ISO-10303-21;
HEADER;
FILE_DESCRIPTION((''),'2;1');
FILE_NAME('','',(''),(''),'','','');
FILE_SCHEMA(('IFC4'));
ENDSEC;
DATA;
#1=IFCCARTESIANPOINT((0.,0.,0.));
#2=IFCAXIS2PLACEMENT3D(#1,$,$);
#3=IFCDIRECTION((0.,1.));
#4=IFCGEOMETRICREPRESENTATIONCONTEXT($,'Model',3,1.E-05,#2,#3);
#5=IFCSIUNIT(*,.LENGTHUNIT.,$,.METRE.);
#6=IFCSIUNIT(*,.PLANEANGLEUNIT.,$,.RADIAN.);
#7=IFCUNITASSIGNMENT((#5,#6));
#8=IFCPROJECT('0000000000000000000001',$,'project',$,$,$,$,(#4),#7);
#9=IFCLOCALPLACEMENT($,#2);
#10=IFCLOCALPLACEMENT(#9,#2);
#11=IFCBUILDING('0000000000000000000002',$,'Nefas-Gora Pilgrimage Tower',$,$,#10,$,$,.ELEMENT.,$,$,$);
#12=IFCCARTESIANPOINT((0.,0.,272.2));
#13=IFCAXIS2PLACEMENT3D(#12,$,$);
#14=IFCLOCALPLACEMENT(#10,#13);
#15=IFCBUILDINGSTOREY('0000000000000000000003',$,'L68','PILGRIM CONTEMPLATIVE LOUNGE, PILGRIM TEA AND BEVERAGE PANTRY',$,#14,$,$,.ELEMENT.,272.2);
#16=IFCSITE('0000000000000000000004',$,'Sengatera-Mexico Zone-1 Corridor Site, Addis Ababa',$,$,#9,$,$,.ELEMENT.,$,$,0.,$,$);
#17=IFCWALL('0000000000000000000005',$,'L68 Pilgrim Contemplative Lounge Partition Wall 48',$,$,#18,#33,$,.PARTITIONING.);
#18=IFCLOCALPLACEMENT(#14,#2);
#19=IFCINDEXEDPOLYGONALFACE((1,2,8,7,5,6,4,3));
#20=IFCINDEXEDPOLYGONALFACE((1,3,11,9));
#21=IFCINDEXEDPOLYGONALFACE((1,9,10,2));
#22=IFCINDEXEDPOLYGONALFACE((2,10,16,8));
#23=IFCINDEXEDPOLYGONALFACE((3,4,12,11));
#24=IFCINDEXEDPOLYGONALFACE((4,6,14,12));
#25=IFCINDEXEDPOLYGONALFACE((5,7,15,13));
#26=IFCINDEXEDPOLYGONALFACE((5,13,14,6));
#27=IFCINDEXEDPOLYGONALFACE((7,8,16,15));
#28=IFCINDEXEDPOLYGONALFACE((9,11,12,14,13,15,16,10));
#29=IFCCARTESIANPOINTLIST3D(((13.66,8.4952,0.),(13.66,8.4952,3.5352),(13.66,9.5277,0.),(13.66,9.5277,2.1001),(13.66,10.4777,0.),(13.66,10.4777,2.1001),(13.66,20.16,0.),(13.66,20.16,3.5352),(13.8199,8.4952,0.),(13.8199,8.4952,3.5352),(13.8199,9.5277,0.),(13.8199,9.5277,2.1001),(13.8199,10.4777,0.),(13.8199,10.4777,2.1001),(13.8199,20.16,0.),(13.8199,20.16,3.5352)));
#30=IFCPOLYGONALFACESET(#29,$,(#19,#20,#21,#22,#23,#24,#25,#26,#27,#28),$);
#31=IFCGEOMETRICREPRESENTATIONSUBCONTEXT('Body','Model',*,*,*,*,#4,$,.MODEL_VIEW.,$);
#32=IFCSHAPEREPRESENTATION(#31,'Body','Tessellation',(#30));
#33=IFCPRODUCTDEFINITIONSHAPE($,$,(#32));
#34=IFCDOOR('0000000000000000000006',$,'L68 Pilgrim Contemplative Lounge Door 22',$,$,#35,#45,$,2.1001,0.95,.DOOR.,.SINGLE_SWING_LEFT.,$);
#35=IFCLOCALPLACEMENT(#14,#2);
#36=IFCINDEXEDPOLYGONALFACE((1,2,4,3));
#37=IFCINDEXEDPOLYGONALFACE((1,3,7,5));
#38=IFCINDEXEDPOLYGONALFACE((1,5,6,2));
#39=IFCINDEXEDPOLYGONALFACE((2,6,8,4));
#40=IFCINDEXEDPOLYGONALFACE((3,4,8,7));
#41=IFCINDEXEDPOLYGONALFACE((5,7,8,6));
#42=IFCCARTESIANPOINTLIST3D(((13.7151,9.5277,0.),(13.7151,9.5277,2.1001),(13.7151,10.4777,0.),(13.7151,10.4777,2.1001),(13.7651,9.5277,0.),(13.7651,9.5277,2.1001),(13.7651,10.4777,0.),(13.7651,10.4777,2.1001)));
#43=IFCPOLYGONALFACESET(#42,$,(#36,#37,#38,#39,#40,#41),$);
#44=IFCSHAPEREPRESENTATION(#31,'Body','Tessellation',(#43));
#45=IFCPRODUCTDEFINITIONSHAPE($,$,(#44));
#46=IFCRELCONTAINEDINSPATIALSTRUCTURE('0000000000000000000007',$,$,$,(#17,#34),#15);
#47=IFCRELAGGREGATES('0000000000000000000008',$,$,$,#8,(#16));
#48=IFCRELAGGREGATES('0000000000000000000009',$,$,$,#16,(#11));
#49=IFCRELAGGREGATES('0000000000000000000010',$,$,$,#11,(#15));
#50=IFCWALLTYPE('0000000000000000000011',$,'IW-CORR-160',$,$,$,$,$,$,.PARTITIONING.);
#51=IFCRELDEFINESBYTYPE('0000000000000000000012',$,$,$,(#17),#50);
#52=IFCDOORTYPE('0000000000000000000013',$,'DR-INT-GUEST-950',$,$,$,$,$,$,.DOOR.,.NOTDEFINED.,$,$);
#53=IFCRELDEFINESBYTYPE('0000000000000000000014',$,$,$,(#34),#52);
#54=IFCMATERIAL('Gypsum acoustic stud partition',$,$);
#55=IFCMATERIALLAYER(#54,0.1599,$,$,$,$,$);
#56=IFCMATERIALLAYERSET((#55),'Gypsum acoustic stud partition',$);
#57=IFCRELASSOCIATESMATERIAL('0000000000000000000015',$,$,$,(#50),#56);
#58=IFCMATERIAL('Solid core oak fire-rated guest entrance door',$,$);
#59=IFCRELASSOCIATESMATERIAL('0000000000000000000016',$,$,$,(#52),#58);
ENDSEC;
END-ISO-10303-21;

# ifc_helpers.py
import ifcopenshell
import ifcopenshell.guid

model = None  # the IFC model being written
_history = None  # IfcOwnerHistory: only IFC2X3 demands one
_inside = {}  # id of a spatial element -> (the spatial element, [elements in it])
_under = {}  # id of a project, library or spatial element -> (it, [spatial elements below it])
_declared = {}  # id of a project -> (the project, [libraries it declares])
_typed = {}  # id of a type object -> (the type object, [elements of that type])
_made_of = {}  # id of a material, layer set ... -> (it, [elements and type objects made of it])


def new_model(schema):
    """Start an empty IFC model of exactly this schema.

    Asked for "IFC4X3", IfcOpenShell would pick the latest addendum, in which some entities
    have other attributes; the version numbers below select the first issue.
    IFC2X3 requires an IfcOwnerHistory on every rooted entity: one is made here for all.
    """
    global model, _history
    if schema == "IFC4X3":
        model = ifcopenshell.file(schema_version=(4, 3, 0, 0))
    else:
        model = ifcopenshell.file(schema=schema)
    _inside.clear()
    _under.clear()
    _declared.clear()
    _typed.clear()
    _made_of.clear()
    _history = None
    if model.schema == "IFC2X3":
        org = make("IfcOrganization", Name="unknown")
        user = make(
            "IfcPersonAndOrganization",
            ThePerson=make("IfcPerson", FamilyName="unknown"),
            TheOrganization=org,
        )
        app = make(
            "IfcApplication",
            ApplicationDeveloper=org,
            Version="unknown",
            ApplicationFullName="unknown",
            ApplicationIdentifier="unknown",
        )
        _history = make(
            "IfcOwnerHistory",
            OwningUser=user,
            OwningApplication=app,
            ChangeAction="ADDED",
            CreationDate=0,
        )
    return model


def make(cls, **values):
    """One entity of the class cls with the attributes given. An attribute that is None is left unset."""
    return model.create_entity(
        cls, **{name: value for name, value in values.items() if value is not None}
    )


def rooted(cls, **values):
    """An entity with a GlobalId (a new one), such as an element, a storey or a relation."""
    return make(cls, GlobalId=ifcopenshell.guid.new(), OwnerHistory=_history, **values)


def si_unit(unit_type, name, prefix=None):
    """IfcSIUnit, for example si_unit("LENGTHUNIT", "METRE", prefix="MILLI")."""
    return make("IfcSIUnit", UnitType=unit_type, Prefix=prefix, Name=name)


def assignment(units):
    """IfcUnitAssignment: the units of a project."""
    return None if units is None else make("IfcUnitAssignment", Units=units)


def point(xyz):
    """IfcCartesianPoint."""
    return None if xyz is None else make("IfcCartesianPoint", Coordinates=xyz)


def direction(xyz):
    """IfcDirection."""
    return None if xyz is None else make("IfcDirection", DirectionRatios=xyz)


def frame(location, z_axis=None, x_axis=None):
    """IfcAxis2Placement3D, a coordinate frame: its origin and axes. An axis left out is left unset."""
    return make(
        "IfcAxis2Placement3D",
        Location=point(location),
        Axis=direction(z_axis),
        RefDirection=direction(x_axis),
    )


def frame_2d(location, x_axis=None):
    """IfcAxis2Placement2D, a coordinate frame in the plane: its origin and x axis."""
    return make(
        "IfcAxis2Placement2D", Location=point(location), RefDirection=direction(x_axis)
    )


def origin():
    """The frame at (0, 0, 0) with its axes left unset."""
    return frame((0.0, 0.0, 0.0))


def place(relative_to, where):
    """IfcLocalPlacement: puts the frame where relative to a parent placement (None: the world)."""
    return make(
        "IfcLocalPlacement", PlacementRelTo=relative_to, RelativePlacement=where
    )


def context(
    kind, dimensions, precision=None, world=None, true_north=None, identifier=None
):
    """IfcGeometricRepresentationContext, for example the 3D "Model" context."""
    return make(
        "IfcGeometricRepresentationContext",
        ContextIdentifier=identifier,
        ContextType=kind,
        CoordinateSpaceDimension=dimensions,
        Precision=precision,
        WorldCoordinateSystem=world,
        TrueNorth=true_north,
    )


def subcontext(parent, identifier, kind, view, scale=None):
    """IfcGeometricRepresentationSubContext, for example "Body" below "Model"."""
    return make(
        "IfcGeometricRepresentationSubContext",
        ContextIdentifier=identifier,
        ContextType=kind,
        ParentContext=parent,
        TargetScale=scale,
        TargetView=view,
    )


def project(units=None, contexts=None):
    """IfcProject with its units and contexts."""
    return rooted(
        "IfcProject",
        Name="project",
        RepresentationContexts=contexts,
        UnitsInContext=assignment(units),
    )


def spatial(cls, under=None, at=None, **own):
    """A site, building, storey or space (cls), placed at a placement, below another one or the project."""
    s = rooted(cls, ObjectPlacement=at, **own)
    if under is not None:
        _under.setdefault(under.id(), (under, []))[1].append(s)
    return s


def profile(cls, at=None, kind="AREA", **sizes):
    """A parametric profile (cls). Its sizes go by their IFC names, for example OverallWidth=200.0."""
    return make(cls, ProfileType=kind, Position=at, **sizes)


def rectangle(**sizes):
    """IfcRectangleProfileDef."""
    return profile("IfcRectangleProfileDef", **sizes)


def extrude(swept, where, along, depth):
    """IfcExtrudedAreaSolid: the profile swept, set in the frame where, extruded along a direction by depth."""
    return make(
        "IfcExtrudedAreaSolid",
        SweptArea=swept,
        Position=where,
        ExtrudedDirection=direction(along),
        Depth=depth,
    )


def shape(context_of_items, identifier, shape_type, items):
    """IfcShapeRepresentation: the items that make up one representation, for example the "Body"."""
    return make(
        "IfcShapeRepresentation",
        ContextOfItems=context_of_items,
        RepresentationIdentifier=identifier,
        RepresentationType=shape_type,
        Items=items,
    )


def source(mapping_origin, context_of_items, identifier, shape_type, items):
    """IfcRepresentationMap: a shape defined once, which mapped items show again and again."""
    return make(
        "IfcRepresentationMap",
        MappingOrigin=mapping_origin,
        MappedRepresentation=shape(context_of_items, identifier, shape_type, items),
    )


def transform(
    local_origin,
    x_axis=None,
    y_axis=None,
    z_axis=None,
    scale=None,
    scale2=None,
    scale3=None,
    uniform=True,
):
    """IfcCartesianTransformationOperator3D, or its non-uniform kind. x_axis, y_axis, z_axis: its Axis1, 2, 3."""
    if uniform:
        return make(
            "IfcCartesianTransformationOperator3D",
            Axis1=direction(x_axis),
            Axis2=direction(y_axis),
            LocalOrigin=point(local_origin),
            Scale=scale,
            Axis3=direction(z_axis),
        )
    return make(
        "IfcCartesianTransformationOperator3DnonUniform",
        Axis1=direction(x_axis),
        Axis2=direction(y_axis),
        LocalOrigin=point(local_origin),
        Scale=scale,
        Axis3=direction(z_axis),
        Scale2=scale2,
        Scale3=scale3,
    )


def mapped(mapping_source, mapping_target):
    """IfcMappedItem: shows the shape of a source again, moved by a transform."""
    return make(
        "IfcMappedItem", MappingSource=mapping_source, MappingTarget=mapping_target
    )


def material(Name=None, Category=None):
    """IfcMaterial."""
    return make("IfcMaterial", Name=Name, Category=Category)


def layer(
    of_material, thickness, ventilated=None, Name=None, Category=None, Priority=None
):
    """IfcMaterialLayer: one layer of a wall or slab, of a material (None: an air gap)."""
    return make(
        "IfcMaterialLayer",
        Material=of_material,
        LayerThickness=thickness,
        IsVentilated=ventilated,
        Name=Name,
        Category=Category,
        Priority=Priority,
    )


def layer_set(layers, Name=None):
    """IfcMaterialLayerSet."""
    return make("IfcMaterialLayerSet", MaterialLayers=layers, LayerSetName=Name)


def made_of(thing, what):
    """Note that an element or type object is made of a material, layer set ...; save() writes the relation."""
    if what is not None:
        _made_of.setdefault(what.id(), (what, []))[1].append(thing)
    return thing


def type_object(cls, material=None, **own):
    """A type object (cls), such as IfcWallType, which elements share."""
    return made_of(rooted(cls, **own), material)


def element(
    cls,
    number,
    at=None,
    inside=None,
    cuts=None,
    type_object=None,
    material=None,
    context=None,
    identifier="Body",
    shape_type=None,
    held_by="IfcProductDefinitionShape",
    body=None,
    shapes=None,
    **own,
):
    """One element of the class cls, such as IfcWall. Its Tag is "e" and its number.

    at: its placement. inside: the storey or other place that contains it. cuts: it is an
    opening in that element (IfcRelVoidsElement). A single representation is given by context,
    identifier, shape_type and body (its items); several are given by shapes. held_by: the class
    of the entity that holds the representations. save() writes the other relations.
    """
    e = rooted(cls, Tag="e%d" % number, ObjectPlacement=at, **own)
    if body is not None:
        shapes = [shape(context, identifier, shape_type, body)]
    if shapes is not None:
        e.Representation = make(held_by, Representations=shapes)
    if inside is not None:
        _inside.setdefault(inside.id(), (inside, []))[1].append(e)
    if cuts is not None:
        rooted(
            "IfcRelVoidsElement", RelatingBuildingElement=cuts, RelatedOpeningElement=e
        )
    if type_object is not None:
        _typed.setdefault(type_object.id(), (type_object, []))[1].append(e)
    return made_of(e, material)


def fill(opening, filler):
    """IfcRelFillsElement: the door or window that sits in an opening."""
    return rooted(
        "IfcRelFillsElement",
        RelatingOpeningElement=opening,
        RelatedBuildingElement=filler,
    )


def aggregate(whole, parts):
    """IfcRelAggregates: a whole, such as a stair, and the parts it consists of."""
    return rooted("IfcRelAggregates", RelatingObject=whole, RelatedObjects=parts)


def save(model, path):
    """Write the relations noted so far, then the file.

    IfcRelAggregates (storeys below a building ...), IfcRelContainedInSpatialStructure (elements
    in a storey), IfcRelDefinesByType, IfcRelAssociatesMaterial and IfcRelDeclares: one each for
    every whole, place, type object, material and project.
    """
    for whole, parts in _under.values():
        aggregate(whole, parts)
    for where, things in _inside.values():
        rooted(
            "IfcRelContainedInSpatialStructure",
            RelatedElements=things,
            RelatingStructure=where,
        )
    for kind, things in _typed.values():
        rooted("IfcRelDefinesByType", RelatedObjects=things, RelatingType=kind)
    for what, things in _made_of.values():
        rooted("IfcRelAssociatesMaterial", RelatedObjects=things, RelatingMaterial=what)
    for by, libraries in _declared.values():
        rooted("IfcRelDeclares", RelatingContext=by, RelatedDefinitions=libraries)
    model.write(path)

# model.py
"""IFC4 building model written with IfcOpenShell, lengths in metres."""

from ifc_helpers import new_model, si_unit, direction, frame, frame_2d, origin, place, context, subcontext, project, spatial, rectangle, extrude, source, transform, mapped, material, layer, layer_set, type_object, element, fill, save


model = new_model("IFC4")

# Units and contexts
model_context = context("Model", 3, precision=1e-05, world=origin(), true_north=direction((0.0, 1.0)))
body_context = subcontext(model_context, "Body", "Model", "MODEL_VIEW")
ifc_project = project(units=[si_unit("LENGTHUNIT", "METRE"), si_unit("PLANEANGLEUNIT", "RADIAN")], contexts=[model_context])

# Site, building, storey
site_placement = place(None, origin())
site = spatial("IfcSite", under=ifc_project, at=site_placement, Name="Sengatera-Mexico Zone-1 Corridor Site, Addis Ababa", CompositionType="ELEMENT", RefElevation=0.0)
building_placement = place(site_placement, origin())
building = spatial("IfcBuilding", under=site, at=building_placement, Name="Nefas-Gora Pilgrimage Tower", CompositionType="ELEMENT")
storey_placement = place(building_placement, frame((0.0, 0.0, 272.2)))
storey = spatial("IfcBuildingStorey", under=building, at=storey_placement, Name="L68", Description="PILGRIM CONTEMPLATIVE LOUNGE, PILGRIM TEA AND BEVERAGE PANTRY", CompositionType="ELEMENT", Elevation=272.2)

# Shared definitions
ifc_material_1 = material(Name="Gypsum acoustic stud partition")
ifc_layer_1 = layer(ifc_material_1, 0.1599)
ifc_layer_set_1 = layer_set([ifc_layer_1], Name="Gypsum acoustic stud partition")
wall_type_1 = type_object("IfcWallType", Name="IW-CORR-160", PredefinedType="PARTITIONING", material=ifc_layer_set_1)
ifc_material_2 = material(Name="Solid core oak fire-rated guest entrance door")
door_type = type_object("IfcDoorType", Name="DR-INT-GUEST-950", OperationType="NOTDEFINED", PredefinedType="DOOR", material=ifc_material_2)
shared_shape_1 = source(origin(), body_context, "Body", "SweptSolid", [
    extrude(rectangle(XDim=0.95, YDim=2.1001, at=frame_2d((0.4751, 1.05))), frame((0.0, 0.0249, 0.0), z_axis=(0.0, -1.0, 0.0), x_axis=(1.0, 0.0, 0.0)), (0.0, 0.0, 1.0), 0.05),
])

# Wall, opening, door
shared_shape_2 = source(origin(), body_context, "Body", "SweptSolid", [
    extrude(rectangle(XDim=11.6648, YDim=0.1599, at=frame_2d((5.8325, 0.0))), origin(), (0.0, 0.0, 1.0), 3.5352),
])
wall_1_placement = place(storey_placement, frame((13.74, 8.4951, 0.0), z_axis=(0.0, 0.0, 1.0), x_axis=(0.0, 1.0, 0.0)))
wall_1 = element("IfcWall", 1, at=wall_1_placement, inside=storey, type_object=wall_type_1, Name="L68 Pilgrim Contemplative Lounge Partition Wall 48", PredefinedType="PARTITIONING", context=body_context, shape_type="MappedRepresentation", body=[
    mapped(shared_shape_2, transform((0.0, 0.0, 0.0), x_axis=(1.0, 0.0, 0.0), y_axis=(0.0, 1.0, 0.0), z_axis=(0.0, 0.0, 1.0), scale=1.0)),
])
opening_1_placement = place(wall_1_placement, frame((1.0325, 0.0, 0.0)))
opening_1 = element("IfcOpeningElement", 2, at=opening_1_placement, cuts=wall_1, PredefinedType="OPENING", context=body_context, shape_type="SweptSolid", body=[
    extrude(rectangle(XDim=0.95, YDim=2.1001, at=frame_2d((0.4751, 1.05))), frame((0.0, 0.0898, 0.0), z_axis=(0.0, -1.0, 0.0), x_axis=(1.0, 0.0, 0.0)), (0.0, 0.0, 1.0), 0.1799),
])
door_1_placement = place(opening_1_placement, origin())
door_1 = element("IfcDoor", 3, at=door_1_placement, inside=storey, type_object=door_type, Name="L68 Pilgrim Contemplative Lounge Door 22", OperationType="SINGLE_SWING_LEFT", OverallHeight=2.1001, OverallWidth=0.95, PredefinedType="DOOR", context=body_context, shape_type="MappedRepresentation", body=[
    mapped(shared_shape_1, transform((0.0, 0.0, 0.0), x_axis=(1.0, 0.0, 0.0), y_axis=(0.0, 1.0, 0.0), z_axis=(0.0, 0.0, 1.0), scale=1.0)),
])
fill(opening_1, door_1)

save(model, "model.ifc")
